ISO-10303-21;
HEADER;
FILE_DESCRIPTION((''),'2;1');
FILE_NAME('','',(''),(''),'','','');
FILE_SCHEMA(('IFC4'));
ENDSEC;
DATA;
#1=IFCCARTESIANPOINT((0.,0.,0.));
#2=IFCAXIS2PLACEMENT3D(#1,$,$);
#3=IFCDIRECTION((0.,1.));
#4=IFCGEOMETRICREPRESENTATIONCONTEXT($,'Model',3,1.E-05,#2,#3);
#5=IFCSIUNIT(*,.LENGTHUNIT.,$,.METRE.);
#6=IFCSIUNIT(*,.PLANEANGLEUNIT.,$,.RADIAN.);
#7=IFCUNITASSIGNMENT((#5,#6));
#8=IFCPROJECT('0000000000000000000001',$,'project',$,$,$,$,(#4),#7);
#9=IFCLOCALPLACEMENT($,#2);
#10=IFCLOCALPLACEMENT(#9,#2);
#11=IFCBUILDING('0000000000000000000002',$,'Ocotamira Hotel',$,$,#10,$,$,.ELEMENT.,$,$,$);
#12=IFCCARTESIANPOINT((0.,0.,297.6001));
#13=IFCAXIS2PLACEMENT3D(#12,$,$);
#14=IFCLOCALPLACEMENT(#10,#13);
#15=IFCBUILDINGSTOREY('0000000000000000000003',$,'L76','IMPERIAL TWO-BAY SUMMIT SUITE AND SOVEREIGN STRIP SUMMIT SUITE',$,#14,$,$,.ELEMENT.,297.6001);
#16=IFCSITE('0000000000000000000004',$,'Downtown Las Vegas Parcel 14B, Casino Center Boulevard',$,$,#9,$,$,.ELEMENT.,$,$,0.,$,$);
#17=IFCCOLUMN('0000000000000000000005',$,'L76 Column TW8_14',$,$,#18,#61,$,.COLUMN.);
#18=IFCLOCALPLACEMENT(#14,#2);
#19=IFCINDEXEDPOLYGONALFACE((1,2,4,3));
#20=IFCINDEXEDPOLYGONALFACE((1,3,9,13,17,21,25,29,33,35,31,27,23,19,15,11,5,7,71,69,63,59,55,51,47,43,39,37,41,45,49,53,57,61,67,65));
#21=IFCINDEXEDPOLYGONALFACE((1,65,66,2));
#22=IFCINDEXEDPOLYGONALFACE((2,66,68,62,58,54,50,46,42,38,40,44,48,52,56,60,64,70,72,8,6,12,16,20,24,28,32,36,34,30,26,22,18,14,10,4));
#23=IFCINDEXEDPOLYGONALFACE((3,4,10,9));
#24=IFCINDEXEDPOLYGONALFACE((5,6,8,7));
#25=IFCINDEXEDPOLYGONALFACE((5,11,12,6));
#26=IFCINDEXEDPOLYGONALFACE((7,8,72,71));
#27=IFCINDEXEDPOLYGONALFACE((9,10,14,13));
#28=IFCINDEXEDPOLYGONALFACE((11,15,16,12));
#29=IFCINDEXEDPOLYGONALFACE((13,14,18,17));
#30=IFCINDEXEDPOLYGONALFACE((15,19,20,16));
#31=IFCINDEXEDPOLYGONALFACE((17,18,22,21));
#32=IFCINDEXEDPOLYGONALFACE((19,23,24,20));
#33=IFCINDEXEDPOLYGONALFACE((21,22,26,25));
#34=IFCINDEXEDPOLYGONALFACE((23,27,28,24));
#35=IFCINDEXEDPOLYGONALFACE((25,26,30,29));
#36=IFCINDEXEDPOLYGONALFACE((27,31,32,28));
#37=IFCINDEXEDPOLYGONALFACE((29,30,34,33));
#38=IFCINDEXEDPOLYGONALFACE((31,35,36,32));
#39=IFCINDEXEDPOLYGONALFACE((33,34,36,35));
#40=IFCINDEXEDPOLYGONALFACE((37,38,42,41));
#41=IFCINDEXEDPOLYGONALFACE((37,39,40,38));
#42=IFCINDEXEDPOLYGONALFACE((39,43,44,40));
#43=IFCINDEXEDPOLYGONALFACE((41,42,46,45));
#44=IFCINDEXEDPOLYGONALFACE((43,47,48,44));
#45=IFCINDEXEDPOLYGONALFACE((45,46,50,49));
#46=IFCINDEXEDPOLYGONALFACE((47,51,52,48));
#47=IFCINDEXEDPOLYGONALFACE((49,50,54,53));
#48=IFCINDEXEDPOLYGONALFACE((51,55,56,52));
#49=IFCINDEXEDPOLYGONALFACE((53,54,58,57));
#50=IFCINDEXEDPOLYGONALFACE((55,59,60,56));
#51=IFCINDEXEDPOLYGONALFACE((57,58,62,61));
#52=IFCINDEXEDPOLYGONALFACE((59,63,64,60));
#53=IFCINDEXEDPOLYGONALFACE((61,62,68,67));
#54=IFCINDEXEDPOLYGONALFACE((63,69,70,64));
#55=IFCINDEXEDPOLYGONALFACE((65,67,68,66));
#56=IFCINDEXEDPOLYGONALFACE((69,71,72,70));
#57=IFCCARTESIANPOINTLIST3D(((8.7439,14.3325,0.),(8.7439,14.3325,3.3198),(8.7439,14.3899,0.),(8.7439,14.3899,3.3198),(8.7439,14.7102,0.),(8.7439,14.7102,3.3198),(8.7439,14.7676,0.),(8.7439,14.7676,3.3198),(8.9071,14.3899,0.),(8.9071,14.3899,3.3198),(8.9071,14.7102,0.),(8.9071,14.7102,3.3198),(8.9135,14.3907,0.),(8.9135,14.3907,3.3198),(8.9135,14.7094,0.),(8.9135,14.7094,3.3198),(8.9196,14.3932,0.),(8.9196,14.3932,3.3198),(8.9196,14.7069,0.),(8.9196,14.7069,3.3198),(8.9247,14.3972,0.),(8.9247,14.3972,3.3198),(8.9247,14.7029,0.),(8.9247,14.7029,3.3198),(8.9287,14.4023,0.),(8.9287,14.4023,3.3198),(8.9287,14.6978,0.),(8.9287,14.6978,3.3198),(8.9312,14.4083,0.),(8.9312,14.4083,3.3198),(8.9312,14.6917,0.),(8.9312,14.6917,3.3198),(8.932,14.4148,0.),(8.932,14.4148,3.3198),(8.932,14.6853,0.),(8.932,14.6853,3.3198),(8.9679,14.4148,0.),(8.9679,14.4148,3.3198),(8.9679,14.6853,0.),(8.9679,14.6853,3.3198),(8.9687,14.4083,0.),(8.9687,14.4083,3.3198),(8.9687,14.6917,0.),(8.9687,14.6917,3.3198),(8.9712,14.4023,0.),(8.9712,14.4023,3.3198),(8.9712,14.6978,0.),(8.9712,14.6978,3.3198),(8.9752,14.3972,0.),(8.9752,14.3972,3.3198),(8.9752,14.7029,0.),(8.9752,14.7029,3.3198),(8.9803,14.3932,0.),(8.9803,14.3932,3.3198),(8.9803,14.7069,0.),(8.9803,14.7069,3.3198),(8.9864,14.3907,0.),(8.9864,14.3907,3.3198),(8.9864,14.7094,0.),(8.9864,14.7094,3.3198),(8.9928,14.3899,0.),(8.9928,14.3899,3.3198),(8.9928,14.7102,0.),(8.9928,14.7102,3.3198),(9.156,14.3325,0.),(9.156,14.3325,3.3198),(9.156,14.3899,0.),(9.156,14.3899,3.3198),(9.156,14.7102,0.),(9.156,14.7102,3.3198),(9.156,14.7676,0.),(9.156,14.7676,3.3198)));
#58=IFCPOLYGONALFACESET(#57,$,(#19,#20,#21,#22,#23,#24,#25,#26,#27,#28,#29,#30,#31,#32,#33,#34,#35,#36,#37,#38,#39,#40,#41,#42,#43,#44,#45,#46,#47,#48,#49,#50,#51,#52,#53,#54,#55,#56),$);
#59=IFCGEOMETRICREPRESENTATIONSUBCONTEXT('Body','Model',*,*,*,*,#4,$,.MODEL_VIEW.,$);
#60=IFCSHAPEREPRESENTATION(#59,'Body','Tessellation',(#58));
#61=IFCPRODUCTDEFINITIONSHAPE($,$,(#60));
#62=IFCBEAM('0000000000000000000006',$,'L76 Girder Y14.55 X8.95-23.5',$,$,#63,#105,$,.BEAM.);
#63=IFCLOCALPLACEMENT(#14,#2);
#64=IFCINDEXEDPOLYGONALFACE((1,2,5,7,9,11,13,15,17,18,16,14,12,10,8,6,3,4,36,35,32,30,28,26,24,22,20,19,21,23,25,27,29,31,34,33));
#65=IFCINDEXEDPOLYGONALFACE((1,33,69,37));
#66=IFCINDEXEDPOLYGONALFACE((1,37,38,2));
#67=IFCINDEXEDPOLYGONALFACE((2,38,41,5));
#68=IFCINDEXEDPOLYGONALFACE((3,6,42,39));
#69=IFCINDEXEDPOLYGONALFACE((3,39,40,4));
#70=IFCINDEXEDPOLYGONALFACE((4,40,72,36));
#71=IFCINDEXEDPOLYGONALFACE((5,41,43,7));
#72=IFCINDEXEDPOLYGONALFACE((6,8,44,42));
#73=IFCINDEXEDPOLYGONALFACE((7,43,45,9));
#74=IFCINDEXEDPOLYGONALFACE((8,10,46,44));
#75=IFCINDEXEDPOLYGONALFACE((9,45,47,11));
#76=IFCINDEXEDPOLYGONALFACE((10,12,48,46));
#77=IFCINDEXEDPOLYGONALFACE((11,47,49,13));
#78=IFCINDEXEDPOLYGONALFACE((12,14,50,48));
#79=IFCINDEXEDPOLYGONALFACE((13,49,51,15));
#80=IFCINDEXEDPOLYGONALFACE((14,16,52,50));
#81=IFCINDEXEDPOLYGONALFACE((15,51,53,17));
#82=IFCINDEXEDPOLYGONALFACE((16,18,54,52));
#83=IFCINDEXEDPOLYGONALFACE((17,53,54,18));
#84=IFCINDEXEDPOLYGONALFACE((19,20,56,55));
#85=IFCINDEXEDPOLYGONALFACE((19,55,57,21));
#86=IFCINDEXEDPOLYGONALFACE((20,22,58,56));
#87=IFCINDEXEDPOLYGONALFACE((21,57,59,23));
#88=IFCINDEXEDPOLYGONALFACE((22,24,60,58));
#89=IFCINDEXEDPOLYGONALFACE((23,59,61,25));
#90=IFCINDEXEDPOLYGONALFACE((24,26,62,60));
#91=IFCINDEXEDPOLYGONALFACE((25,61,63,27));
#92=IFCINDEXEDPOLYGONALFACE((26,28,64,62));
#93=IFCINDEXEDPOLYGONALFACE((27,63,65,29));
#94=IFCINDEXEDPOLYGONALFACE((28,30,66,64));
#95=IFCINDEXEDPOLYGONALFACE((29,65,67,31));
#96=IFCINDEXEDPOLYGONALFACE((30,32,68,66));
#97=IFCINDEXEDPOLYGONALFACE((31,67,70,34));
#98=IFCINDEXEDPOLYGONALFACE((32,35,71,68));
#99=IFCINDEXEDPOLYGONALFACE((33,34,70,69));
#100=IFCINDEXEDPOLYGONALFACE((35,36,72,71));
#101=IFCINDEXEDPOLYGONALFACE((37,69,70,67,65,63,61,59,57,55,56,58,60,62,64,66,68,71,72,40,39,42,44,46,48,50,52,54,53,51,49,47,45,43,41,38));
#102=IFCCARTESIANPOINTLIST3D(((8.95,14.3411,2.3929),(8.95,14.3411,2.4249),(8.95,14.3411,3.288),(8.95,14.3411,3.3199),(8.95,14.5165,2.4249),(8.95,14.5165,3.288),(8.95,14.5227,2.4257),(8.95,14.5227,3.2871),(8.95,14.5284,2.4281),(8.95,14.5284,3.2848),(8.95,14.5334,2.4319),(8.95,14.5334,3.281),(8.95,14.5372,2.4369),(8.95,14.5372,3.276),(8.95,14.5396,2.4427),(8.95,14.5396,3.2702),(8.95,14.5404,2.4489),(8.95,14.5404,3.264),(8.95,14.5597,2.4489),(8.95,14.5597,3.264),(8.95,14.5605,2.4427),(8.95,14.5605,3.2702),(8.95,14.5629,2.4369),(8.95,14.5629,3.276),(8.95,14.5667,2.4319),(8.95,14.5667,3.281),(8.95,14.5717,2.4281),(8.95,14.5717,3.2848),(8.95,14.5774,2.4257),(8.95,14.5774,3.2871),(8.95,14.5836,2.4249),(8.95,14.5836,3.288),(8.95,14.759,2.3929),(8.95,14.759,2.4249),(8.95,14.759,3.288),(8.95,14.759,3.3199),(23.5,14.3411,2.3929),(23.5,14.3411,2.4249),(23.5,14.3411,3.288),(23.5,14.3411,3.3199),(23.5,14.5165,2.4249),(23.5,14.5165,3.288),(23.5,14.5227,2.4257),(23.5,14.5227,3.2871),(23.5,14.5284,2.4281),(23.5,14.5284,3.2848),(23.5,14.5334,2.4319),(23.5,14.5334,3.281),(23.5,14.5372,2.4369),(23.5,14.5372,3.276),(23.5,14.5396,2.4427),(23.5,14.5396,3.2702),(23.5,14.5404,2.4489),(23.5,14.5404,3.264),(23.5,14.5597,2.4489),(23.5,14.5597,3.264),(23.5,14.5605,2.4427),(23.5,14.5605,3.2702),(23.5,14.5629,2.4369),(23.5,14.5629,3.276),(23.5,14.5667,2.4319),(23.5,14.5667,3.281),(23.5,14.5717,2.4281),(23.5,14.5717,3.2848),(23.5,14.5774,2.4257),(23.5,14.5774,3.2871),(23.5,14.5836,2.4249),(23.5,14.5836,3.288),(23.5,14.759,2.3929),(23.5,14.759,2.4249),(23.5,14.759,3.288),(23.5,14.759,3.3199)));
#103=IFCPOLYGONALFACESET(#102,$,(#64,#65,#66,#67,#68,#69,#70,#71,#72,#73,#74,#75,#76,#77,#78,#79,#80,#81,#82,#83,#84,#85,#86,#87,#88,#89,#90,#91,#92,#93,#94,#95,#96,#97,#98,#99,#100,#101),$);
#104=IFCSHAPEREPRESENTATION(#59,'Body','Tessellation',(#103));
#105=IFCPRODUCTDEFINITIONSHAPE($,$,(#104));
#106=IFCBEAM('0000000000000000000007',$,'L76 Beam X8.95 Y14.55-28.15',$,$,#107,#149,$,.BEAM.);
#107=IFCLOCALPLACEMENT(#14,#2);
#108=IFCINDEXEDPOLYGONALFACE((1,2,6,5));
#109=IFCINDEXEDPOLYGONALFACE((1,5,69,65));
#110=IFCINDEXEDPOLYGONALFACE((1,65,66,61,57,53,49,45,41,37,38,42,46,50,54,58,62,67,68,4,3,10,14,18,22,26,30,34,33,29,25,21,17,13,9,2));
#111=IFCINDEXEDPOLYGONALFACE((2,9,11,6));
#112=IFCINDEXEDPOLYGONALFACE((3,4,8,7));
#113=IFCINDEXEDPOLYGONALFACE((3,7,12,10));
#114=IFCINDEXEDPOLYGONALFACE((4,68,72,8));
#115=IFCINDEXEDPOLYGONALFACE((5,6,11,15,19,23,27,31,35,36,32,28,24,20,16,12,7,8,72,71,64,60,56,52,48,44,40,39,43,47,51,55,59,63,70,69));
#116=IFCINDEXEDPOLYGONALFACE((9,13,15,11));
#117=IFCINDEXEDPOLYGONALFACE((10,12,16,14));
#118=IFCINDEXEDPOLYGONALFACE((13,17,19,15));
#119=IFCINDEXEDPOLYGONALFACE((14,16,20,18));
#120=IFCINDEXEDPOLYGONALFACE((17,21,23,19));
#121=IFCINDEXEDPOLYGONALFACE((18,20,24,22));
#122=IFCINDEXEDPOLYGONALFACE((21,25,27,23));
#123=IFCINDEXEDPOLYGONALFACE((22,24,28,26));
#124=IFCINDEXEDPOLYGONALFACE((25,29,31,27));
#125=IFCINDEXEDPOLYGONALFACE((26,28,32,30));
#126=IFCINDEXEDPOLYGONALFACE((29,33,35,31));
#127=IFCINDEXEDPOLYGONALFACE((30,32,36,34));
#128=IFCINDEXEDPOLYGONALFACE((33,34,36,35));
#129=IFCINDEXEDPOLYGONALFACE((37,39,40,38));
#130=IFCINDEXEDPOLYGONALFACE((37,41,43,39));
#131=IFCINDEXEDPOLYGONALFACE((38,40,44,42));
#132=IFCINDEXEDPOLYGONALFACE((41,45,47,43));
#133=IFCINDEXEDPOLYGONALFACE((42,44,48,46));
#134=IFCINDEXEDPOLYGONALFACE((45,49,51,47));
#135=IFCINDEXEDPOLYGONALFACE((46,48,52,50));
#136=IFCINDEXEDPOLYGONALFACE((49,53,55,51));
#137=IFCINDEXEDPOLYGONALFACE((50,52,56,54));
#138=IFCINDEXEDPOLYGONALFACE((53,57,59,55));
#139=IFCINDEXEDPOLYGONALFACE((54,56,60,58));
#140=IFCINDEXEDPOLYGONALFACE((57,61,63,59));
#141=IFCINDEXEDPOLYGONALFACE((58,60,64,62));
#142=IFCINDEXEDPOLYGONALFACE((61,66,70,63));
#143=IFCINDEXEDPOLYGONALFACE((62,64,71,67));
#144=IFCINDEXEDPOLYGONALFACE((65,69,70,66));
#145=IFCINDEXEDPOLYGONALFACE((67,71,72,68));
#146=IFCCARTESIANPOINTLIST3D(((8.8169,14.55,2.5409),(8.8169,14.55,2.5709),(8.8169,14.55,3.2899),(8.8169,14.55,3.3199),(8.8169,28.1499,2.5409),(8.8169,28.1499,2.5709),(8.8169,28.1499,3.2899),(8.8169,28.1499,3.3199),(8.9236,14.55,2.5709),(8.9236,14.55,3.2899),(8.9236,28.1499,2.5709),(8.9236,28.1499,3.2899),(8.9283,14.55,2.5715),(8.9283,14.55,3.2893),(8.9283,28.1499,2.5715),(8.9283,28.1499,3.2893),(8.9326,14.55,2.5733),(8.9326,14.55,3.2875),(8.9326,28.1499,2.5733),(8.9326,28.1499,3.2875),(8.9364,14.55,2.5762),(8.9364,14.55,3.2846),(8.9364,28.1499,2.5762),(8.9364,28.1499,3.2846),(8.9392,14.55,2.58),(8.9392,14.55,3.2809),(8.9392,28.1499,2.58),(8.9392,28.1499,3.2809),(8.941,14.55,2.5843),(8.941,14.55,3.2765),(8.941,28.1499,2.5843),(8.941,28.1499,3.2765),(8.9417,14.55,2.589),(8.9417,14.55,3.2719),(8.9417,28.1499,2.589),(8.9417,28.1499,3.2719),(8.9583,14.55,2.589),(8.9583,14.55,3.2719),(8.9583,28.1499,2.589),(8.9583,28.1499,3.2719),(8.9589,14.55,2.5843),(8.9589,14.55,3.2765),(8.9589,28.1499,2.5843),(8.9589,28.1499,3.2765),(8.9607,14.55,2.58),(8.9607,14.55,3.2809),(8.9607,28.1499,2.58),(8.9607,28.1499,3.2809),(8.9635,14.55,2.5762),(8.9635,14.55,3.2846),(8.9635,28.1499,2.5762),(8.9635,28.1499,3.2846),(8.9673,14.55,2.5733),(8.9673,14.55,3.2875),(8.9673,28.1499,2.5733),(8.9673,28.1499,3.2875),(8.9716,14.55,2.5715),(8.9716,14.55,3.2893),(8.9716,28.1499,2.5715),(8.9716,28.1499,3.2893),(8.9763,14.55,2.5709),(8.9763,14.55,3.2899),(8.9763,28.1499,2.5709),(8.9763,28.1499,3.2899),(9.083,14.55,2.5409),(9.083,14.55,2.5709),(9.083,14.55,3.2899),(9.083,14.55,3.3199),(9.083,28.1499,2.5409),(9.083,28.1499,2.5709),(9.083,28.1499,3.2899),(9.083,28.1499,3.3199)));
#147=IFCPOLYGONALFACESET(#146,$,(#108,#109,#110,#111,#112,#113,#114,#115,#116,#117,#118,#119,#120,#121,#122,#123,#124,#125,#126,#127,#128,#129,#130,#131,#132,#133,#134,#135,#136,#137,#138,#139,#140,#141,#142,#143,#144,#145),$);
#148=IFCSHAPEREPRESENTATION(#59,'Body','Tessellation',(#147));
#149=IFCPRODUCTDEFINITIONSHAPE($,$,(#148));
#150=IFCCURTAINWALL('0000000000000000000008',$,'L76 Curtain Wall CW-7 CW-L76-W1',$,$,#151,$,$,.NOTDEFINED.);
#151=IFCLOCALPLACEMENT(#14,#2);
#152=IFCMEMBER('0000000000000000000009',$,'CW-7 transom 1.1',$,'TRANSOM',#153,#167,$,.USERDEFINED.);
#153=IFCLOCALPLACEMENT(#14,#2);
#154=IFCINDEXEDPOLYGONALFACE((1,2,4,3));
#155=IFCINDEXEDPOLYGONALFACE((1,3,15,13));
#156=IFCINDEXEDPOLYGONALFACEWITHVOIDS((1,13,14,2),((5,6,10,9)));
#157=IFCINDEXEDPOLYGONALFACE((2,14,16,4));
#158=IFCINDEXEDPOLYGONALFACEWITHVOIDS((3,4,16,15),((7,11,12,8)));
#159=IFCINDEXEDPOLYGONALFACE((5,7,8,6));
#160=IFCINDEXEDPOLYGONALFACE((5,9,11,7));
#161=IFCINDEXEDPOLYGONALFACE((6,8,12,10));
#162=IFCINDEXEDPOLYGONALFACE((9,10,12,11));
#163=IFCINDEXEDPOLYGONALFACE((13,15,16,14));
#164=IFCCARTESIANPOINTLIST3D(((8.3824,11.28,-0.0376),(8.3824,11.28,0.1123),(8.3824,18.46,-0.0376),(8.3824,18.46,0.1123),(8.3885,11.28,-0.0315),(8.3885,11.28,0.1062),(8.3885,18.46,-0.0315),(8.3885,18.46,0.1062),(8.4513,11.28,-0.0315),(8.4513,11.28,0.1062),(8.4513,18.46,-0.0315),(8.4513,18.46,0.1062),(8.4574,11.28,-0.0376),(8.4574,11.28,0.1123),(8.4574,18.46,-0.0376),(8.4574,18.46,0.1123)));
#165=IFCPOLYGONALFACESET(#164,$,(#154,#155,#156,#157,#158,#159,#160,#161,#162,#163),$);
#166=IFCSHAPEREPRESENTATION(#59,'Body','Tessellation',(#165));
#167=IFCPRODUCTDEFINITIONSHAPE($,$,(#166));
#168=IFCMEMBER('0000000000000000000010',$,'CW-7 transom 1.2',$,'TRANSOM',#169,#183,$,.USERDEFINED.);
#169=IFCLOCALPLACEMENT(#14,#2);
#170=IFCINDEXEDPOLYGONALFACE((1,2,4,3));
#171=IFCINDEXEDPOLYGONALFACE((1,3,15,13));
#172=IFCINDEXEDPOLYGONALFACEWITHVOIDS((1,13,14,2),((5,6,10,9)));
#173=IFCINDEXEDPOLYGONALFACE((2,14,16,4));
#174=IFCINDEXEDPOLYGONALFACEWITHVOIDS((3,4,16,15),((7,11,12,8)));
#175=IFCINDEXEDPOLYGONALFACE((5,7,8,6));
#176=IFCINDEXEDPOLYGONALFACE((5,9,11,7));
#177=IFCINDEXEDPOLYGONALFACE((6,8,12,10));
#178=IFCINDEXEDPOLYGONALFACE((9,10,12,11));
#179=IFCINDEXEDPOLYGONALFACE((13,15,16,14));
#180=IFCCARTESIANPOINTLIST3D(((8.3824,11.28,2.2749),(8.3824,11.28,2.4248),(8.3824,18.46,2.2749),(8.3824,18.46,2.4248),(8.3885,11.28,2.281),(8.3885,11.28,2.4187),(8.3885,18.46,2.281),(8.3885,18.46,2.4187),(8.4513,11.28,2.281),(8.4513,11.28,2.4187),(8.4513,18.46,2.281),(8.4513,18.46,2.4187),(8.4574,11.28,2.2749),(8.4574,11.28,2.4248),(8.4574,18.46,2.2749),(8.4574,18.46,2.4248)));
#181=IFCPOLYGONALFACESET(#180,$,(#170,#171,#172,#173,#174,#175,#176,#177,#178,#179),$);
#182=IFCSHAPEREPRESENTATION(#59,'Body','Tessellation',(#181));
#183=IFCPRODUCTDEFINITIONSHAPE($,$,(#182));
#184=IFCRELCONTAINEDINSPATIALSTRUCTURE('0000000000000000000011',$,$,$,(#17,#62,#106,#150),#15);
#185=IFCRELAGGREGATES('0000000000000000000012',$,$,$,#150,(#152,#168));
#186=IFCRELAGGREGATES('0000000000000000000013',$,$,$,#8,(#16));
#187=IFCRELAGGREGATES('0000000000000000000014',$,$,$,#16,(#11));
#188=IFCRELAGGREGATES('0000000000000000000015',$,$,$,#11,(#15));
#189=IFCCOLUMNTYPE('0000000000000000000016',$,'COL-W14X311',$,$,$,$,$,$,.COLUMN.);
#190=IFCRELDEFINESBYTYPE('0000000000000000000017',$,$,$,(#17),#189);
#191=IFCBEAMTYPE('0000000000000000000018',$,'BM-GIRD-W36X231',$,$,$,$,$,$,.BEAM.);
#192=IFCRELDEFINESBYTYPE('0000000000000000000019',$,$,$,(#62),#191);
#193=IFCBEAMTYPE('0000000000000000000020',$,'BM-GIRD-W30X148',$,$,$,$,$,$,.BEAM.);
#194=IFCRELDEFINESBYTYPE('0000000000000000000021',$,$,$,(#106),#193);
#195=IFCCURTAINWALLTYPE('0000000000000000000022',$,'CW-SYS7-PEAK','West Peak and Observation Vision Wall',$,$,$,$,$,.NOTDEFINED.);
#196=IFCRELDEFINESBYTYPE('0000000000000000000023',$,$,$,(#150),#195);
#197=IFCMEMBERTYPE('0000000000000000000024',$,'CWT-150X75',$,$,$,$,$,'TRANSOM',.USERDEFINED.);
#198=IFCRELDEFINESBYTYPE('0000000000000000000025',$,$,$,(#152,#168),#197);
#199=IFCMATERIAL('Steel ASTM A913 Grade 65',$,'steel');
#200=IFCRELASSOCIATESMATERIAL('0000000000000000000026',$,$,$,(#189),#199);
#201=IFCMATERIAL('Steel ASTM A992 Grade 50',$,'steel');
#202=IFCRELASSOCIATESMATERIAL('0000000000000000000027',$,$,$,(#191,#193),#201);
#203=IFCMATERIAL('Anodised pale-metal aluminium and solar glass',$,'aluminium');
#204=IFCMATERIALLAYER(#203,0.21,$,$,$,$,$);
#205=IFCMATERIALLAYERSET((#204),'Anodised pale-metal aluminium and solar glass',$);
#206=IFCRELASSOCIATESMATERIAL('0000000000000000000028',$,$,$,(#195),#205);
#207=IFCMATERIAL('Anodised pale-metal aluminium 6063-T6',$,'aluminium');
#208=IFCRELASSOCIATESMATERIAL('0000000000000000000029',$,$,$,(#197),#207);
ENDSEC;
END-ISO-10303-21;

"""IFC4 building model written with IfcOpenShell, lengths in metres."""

from ifc_helpers import new_model, si_unit, direction, frame, origin, origin_2d, place, context, subcontext, project, spatial, hollow_rectangle, i_section, extrude, source, transform, mapped, material, layer, layer_set, material_profile, profile_set, type_object, element, aggregate, save


model = new_model("IFC4")

# Units and contexts
model_context = context("Model", 3, precision=1e-05, world=origin(), true_north=direction((0.0, 1.0)))
body_context = subcontext(model_context, "Body", "Model", "MODEL_VIEW")
ifc_project = project(units=[si_unit("LENGTHUNIT", "METRE"), si_unit("PLANEANGLEUNIT", "RADIAN")], contexts=[model_context])

# Site, building, storey
site_placement = place(None, origin())
site = spatial("IfcSite", under=ifc_project, at=site_placement, Name="Downtown Las Vegas Parcel 14B, Casino Center Boulevard", CompositionType="ELEMENT", RefElevation=0.0)
building_placement = place(site_placement, origin())
building = spatial("IfcBuilding", under=site, at=building_placement, Name="Ocotamira Hotel", CompositionType="ELEMENT")
storey_placement = place(building_placement, frame((0.0, 0.0, 297.6001)))
storey = spatial("IfcBuildingStorey", under=building, at=storey_placement, Name="L76", Description="IMPERIAL TWO-BAY SUMMIT SUITE AND SOVEREIGN STRIP SUMMIT SUITE", CompositionType="ELEMENT", Elevation=297.6001)

# Column
ifc_material_1 = material(Name="Steel ASTM A913 Grade 65", Category="steel")
ifc_material_profile_1 = material_profile(ifc_material_1, i_section(OverallWidth=0.4121, OverallDepth=0.4351, WebThickness=0.0359, FlangeThickness=0.0574, FilletRadius=0.0249, at=origin_2d()), Name="W14X311")
ifc_profile_set_1 = profile_set([ifc_material_profile_1], Name="Steel ASTM A913 Grade 65")
column_type = type_object("IfcColumnType", Name="COL-W14X311", PredefinedType="COLUMN", material=ifc_profile_set_1)
shared_shape_1 = source(origin(), body_context, "Body", "SweptSolid", [
    extrude(i_section(OverallWidth=0.4121, OverallDepth=0.4351, WebThickness=0.0359, FlangeThickness=0.0574, FilletRadius=0.0249, at=origin_2d()), origin(), (0.0, 0.0, 1.0), 3.3198),
])
column_placement = place(storey_placement, frame((8.95, 14.55, 0.0), z_axis=(0.0, 0.0, 1.0), x_axis=(1.0, 0.0, 0.0)))
element("IfcColumn", 1, at=column_placement, inside=storey, type_object=column_type, Name="L76 Column TW8_14", PredefinedType="COLUMN", context=body_context, shape_type="MappedRepresentation", body=[
    mapped(shared_shape_1, transform((0.0, 0.0, 0.0), scale=1.0)),
])

# Beams
ifc_material_2 = material(Name="Steel ASTM A992 Grade 50", Category="steel")
ifc_material_profile_2 = material_profile(ifc_material_2, i_section(OverallWidth=0.418, OverallDepth=0.927, WebThickness=0.0193, FlangeThickness=0.032, FilletRadius=0.0239, at=origin_2d()), Name="W36X231")
ifc_profile_set_2 = profile_set([ifc_material_profile_2], Name="Steel ASTM A992 Grade 50")
beam_type_1 = type_object("IfcBeamType", Name="BM-GIRD-W36X231", PredefinedType="BEAM", material=ifc_profile_set_2)
shared_shape_2 = source(origin(), body_context, "Body", "SweptSolid", [
    extrude(i_section(OverallWidth=0.418, OverallDepth=0.927, WebThickness=0.0193, FlangeThickness=0.032, FilletRadius=0.0239, at=origin_2d()), origin(), (0.0, 0.0, 1.0), 14.55),
])
beam_1_placement = place(storey_placement, frame((8.95, 14.55, 2.8564), z_axis=(1.0, 0.0, 0.0), x_axis=(0.0, 1.0, 0.0)))
element("IfcBeam", 2, at=beam_1_placement, inside=storey, type_object=beam_type_1, Name="L76 Girder Y14.55 X8.95-23.5", PredefinedType="BEAM", context=body_context, shape_type="MappedRepresentation", body=[
    mapped(shared_shape_2, transform((0.0, 0.0, 0.0), scale=1.0)),
])
ifc_material_profile_3 = material_profile(ifc_material_2, i_section(OverallWidth=0.2661, OverallDepth=0.7791, WebThickness=0.0166, FlangeThickness=0.03, FilletRadius=0.0181, at=origin_2d()), Name="W30X148")
ifc_profile_set_3 = profile_set([ifc_material_profile_3], Name="Steel ASTM A992 Grade 50")
beam_type_2 = type_object("IfcBeamType", Name="BM-GIRD-W30X148", PredefinedType="BEAM", material=ifc_profile_set_3)
shared_shape_3 = source(origin(), body_context, "Body", "SweptSolid", [
    extrude(i_section(OverallWidth=0.2661, OverallDepth=0.7791, WebThickness=0.0166, FlangeThickness=0.03, FilletRadius=0.0181, at=origin_2d()), origin(), (0.0, 0.0, 1.0), 13.5999),
])
beam_2_placement = place(storey_placement, frame((8.95, 14.55, 2.9304), z_axis=(0.0, 1.0, 0.0), x_axis=(-1.0, 0.0, 0.0)))
element("IfcBeam", 3, at=beam_2_placement, inside=storey, type_object=beam_type_2, Name="L76 Beam X8.95 Y14.55-28.15", PredefinedType="BEAM", context=body_context, shape_type="MappedRepresentation", body=[
    mapped(shared_shape_3, transform((0.0, 0.0, 0.0), scale=1.0)),
])

# Curtain wall, members
ifc_material_3 = material(Name="Anodised pale-metal aluminium and solar glass", Category="aluminium")
ifc_layer_1 = layer(ifc_material_3, 0.21)
ifc_layer_set_1 = layer_set([ifc_layer_1], Name="Anodised pale-metal aluminium and solar glass")
curtain_wall_type = type_object("IfcCurtainWallType", Name="CW-SYS7-PEAK", Description="West Peak and Observation Vision Wall", PredefinedType="NOTDEFINED", material=ifc_layer_set_1)
curtain_wall_placement = place(storey_placement, origin())
curtain_wall = element("IfcCurtainWall", 4, at=curtain_wall_placement, inside=storey, type_object=curtain_wall_type, Name="L76 Curtain Wall CW-7 CW-L76-W1", PredefinedType="NOTDEFINED")
ifc_material_4 = material(Name="Anodised pale-metal aluminium 6063-T6", Category="aluminium")
ifc_material_profile_4 = material_profile(ifc_material_4, hollow_rectangle(XDim=0.075, YDim=0.1499, WallThickness=0.0061, at=origin_2d()), Name="HSS150X75X6")
ifc_profile_set_4 = profile_set([ifc_material_profile_4], Name="Anodised pale-metal aluminium 6063-T6")
member_type_1 = type_object("IfcMemberType", Name="CWT-150X75", ElementType="TRANSOM", PredefinedType="USERDEFINED", material=ifc_profile_set_4)
shared_shape_4 = source(origin(), body_context, "Body", "SweptSolid", [
    extrude(hollow_rectangle(XDim=0.075, YDim=0.1499, WallThickness=0.0061, at=origin_2d()), origin(), (0.0, 0.0, 1.0), 7.1799),
])
member_1_placement = place(storey_placement, frame((8.4199, 11.28, 0.0374), z_axis=(0.0, 1.0, 0.0), x_axis=(-1.0, 0.0, 0.0)))
member_1 = element("IfcMember", 5, at=member_1_placement, type_object=member_type_1, Name="CW-7 transom 1.1", ObjectType="TRANSOM", PredefinedType="USERDEFINED", context=body_context, shape_type="MappedRepresentation", body=[
    mapped(shared_shape_4, transform((0.0, 0.0, 0.0), scale=1.0)),
])
member_2_placement = place(storey_placement, frame((8.4199, 11.28, 2.3499), z_axis=(0.0, 1.0, 0.0), x_axis=(-1.0, 0.0, 0.0)))
member_2 = element("IfcMember", 6, at=member_2_placement, type_object=member_type_1, Name="CW-7 transom 1.2", ObjectType="TRANSOM", PredefinedType="USERDEFINED", context=body_context, shape_type="MappedRepresentation", body=[
    mapped(shared_shape_4, transform((0.0, 0.0, 0.0), scale=1.0)),
])

aggregate(curtain_wall, [member_1, member_2])

save(model, "model.ifc")
